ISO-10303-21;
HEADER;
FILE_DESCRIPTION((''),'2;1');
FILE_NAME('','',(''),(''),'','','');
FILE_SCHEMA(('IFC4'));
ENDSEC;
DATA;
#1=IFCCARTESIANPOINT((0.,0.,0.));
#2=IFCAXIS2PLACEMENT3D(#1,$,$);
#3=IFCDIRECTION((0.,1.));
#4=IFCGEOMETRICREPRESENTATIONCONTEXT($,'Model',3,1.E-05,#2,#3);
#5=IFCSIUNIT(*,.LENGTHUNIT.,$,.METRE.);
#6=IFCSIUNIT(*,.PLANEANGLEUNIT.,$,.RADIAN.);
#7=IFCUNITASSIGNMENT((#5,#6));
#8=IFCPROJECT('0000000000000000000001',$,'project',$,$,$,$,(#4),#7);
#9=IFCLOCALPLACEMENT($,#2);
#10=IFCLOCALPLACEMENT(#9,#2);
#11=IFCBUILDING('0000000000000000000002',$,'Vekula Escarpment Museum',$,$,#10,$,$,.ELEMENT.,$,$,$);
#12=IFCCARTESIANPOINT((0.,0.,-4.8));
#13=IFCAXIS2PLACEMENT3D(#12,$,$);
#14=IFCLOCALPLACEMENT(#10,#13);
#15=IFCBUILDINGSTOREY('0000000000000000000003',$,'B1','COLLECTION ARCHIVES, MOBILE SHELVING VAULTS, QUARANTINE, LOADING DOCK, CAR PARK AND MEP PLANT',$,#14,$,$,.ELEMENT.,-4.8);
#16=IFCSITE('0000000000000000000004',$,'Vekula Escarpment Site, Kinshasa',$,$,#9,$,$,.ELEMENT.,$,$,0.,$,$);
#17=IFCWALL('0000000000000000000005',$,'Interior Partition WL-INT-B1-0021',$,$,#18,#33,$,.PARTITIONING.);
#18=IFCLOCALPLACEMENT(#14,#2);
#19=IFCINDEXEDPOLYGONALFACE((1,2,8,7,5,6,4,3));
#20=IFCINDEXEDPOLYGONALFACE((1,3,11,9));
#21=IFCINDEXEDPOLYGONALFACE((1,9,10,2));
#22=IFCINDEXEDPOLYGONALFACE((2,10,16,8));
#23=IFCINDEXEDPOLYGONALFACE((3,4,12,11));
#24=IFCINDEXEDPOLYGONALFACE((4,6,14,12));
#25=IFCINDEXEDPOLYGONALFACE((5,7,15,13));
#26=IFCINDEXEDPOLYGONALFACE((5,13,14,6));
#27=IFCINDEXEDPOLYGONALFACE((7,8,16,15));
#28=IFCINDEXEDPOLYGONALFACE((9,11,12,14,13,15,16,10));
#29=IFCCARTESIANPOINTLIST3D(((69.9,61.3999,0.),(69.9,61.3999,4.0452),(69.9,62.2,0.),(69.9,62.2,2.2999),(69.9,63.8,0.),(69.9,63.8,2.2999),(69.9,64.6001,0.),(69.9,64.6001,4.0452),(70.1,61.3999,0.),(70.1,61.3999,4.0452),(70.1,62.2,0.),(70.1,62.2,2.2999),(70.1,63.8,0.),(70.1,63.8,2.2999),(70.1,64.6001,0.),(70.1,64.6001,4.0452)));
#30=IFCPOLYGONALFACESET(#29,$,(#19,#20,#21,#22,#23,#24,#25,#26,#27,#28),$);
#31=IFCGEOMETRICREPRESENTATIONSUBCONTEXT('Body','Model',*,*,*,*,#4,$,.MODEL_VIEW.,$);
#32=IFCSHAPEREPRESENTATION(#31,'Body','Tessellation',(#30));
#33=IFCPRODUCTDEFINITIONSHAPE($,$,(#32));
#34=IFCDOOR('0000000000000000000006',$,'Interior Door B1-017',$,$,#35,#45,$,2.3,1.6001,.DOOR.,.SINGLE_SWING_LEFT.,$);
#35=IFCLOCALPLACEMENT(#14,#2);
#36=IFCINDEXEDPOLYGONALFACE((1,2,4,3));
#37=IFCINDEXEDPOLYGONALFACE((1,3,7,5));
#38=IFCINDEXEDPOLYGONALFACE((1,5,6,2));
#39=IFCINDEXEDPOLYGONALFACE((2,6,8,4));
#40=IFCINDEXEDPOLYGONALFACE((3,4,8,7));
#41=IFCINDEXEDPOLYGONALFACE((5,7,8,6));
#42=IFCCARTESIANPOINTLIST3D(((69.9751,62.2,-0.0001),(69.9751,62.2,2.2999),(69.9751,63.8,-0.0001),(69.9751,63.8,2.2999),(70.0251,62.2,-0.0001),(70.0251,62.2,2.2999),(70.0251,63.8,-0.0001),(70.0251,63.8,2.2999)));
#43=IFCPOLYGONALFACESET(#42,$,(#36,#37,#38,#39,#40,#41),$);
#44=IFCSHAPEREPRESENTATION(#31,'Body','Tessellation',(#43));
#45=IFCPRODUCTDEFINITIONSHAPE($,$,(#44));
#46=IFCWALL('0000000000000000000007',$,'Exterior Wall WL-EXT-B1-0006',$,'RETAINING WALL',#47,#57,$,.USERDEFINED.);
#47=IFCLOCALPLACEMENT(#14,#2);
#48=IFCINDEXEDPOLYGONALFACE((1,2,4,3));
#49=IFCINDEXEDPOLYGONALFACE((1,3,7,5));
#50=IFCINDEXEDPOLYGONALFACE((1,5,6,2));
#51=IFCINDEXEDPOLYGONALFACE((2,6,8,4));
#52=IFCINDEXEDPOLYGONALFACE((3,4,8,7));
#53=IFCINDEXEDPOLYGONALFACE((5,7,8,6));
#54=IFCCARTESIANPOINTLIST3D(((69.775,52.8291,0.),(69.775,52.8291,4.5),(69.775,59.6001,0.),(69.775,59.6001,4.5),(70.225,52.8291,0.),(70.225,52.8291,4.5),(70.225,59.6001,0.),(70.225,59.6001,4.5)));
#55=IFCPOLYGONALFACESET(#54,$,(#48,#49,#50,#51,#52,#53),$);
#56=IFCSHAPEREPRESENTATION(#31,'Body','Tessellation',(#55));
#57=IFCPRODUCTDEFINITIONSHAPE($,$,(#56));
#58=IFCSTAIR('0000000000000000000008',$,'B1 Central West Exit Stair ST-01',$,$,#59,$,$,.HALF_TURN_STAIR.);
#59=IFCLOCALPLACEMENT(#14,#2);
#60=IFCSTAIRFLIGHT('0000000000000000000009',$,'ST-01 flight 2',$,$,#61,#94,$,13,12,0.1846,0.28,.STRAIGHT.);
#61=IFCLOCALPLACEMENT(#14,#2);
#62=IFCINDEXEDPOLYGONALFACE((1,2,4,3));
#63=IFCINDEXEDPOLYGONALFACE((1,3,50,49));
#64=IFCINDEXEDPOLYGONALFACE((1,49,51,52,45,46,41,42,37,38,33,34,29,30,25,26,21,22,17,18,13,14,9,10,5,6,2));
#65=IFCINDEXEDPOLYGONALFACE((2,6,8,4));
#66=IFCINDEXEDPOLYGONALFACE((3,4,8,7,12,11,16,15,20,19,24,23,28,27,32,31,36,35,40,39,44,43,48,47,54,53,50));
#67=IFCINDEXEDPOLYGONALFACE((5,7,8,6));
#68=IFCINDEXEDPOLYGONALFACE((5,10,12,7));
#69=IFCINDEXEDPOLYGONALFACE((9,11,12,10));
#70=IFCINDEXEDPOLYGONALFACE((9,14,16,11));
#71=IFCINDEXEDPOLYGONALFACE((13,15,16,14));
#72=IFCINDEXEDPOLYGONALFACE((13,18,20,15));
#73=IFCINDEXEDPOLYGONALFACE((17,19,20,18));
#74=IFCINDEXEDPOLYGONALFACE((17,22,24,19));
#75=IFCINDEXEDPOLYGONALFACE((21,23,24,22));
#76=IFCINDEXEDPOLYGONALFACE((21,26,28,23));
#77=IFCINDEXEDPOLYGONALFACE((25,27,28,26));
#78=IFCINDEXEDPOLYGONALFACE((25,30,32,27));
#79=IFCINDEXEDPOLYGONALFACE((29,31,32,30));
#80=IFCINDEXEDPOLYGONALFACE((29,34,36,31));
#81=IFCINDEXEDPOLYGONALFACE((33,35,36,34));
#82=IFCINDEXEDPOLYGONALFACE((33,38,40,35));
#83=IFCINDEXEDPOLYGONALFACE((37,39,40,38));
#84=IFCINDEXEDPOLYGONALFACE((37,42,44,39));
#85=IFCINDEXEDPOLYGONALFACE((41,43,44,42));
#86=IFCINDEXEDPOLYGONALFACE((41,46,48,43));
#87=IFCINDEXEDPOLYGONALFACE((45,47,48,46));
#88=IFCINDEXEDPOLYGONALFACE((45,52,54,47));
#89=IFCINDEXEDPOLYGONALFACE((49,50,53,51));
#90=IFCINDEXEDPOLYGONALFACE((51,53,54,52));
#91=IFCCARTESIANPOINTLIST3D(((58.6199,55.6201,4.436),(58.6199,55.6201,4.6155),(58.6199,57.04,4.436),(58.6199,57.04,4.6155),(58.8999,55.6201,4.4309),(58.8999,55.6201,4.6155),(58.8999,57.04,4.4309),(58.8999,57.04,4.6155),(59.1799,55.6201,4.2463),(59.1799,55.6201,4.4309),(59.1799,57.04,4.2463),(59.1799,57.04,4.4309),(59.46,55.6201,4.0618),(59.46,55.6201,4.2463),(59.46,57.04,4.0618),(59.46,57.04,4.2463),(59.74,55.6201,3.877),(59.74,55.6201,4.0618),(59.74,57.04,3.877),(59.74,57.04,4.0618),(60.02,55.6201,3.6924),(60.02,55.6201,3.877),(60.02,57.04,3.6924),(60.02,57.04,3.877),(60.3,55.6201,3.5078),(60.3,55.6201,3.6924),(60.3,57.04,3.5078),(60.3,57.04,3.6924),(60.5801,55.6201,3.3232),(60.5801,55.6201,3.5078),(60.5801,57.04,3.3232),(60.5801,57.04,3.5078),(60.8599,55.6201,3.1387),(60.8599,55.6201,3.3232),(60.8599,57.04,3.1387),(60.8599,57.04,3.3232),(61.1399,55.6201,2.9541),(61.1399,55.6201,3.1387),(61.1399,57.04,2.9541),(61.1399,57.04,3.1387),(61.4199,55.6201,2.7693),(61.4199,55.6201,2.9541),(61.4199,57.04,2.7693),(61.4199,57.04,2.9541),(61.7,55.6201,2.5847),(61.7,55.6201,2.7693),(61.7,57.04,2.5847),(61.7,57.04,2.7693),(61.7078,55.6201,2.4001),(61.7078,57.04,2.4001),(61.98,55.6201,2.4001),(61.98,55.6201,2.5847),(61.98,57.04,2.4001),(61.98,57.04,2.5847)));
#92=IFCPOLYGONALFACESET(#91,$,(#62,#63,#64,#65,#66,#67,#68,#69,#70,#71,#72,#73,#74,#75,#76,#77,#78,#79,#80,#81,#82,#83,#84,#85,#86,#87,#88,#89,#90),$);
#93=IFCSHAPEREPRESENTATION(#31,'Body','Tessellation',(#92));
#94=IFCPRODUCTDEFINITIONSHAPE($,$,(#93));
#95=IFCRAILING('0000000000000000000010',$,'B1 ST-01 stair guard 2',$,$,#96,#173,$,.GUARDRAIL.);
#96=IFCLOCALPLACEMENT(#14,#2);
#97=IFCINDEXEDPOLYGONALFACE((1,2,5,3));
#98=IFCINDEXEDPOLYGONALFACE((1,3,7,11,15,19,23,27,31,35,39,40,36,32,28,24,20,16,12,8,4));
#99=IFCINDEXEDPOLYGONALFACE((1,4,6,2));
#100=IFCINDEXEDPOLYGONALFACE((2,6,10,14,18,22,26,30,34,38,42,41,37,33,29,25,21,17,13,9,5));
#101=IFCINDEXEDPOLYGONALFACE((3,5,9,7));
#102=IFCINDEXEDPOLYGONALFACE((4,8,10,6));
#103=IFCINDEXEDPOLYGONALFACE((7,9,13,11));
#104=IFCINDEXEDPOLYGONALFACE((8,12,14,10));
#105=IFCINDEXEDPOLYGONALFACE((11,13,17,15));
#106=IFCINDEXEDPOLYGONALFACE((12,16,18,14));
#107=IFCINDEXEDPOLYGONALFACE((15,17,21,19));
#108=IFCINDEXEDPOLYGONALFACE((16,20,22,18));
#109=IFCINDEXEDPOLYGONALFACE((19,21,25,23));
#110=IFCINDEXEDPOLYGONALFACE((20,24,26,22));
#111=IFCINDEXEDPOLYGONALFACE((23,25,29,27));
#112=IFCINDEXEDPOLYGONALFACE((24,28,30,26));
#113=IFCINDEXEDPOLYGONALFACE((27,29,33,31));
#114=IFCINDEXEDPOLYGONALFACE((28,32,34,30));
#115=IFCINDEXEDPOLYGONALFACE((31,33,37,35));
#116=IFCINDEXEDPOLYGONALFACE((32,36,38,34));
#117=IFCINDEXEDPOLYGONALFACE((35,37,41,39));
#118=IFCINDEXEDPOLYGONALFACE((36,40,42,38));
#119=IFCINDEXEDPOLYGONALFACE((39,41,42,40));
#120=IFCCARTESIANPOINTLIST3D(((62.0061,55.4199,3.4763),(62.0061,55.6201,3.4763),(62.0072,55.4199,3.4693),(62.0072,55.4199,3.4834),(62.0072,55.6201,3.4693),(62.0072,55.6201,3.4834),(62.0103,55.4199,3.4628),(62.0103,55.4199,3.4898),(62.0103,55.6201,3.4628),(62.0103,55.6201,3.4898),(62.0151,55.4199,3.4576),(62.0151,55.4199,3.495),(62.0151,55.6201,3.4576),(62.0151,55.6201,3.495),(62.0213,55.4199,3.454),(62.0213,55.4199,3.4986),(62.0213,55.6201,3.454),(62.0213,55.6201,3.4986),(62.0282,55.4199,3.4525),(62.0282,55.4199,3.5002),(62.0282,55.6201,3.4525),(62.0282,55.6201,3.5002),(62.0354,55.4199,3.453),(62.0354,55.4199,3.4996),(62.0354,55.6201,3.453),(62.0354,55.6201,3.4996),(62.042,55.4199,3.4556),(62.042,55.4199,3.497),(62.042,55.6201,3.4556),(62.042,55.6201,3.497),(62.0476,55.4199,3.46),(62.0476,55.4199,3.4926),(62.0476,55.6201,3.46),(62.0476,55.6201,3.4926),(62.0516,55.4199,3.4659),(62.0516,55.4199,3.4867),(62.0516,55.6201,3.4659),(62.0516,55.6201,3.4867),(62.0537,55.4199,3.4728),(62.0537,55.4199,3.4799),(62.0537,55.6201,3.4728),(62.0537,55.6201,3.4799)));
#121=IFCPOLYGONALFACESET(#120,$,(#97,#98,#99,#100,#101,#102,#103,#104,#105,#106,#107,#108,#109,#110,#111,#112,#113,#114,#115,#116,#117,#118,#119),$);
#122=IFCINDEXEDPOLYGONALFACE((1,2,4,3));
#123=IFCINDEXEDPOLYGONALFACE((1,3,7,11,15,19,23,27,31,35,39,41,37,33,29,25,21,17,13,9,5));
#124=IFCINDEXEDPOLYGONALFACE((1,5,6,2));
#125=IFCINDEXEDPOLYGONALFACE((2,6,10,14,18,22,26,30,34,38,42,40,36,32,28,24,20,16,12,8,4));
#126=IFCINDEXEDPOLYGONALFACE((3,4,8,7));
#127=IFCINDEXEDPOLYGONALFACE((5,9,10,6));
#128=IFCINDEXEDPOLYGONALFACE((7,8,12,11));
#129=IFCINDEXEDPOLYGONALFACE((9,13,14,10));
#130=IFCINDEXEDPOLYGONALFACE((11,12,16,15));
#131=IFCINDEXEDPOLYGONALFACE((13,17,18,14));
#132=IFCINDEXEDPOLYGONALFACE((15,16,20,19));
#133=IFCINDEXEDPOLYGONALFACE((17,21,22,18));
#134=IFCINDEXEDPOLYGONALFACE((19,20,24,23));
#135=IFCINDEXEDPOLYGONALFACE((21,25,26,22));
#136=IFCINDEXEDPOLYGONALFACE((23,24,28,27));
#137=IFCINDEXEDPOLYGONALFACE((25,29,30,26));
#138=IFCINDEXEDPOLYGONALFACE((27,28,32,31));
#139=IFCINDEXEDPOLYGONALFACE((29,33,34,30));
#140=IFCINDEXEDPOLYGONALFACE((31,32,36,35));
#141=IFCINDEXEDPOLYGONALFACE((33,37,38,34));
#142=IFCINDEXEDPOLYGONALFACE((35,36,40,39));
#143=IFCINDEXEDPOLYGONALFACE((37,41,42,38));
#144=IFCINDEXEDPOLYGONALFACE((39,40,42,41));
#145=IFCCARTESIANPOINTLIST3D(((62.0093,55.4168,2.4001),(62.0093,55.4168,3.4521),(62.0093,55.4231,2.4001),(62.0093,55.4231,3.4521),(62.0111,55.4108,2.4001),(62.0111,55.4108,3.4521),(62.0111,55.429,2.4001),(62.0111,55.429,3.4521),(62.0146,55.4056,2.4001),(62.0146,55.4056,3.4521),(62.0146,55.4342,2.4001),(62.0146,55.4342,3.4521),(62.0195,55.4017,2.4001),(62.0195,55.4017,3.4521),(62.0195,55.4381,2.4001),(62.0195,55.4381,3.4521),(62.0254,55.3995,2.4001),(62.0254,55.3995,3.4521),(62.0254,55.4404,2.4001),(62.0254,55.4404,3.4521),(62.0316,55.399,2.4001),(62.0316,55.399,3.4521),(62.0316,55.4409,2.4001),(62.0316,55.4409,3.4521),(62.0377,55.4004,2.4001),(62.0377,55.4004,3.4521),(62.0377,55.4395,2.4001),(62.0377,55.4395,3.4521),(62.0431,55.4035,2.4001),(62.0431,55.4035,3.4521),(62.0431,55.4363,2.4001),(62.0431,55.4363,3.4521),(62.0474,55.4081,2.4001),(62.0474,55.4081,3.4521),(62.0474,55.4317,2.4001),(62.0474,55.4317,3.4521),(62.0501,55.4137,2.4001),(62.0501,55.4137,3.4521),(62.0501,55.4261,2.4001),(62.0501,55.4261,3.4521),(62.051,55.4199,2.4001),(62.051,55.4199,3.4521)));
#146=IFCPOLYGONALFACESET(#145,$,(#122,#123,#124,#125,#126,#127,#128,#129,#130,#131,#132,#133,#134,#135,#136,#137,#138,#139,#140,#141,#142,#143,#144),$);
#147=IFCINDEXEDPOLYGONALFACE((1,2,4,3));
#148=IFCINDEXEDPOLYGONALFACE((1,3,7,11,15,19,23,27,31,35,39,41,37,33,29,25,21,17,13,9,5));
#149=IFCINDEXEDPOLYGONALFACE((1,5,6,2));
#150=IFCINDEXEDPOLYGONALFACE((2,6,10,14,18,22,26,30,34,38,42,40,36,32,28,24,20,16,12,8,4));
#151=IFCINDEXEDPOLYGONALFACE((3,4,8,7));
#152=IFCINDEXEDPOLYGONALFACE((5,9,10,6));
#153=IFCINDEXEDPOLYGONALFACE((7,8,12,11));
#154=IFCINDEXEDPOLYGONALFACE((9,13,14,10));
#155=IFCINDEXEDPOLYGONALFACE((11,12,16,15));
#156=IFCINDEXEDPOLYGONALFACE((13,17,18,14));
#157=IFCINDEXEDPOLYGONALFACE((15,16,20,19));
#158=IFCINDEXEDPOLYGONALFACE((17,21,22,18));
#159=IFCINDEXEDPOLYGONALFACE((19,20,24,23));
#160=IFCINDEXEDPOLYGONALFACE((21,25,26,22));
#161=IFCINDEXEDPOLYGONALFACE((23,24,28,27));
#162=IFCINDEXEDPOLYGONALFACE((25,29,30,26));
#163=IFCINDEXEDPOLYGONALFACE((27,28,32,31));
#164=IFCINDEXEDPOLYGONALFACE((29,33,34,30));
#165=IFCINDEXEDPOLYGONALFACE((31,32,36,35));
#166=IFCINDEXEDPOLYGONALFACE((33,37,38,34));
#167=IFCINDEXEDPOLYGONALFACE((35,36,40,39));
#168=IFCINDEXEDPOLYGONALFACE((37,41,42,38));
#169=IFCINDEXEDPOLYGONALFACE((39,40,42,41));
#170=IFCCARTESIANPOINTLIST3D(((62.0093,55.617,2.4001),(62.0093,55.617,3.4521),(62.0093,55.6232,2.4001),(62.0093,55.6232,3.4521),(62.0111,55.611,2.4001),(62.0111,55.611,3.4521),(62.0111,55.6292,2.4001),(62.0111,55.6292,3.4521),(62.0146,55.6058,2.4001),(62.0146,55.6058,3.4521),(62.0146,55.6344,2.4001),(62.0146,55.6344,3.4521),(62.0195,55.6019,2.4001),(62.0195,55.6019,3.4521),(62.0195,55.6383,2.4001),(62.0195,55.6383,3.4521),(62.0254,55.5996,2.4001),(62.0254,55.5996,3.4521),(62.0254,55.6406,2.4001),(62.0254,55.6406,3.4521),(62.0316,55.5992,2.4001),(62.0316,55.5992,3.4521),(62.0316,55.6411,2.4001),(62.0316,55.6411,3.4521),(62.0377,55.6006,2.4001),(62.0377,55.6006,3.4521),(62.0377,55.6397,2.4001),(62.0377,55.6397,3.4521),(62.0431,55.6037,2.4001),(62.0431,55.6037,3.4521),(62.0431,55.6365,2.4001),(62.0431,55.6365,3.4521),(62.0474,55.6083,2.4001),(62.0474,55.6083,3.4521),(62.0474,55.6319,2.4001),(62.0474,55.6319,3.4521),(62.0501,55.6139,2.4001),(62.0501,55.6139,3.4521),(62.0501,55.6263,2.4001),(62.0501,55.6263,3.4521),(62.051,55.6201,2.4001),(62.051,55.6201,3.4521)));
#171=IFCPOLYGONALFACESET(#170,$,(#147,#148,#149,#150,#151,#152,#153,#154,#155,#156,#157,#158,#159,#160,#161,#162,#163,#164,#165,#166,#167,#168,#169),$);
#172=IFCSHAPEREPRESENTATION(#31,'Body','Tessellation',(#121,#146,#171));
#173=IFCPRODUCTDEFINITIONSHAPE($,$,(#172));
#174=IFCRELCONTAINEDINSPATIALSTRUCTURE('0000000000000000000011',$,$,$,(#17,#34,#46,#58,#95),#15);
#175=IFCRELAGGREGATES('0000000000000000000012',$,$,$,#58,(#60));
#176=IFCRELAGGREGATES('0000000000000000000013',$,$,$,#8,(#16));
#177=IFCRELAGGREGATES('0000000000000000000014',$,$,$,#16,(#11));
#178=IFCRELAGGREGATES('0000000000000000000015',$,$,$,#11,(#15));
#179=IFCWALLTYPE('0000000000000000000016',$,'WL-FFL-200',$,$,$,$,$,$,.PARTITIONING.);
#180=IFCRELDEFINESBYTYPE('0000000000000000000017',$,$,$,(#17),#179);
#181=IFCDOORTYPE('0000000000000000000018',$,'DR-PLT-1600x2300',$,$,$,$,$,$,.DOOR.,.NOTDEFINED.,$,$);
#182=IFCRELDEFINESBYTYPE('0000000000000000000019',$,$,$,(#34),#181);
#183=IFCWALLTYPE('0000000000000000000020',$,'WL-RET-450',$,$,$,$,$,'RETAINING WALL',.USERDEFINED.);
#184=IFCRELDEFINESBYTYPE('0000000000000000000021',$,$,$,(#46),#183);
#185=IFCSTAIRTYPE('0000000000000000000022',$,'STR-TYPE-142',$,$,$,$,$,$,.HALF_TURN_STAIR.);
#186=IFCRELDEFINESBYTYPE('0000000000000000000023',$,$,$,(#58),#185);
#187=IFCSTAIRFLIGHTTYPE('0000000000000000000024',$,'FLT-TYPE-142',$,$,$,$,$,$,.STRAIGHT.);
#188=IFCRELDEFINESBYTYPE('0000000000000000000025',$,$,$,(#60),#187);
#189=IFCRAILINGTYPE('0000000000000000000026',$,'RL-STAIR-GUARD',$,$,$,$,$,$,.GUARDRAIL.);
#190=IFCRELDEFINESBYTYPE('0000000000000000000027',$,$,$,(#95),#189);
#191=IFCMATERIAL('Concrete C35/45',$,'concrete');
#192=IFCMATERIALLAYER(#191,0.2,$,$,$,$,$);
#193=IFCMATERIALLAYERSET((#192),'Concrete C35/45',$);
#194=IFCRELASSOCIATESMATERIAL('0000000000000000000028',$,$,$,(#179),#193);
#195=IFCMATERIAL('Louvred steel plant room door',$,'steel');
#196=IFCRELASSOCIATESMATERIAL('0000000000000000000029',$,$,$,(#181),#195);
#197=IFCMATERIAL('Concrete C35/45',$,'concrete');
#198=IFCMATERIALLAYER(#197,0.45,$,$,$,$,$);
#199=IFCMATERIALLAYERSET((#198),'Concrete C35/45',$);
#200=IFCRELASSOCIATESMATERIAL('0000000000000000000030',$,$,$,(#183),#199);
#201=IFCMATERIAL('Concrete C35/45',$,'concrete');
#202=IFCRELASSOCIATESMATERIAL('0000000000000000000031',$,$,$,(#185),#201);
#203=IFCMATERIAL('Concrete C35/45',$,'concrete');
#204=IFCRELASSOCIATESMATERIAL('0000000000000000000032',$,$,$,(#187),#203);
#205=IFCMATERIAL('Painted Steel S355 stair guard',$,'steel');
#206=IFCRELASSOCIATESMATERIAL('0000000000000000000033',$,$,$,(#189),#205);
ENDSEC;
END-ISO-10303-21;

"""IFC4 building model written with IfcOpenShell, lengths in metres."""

from ifc_helpers import new_model, si_unit, direction, frame, frame_2d, origin, origin_2d, place, context, subcontext, project, spatial, polyline, rectangle, circle, outline, extrude, material, layer, layer_set, type_object, element, fill, aggregate, save


model = new_model("IFC4")

# Units and contexts
model_context = context("Model", 3, precision=1e-05, world=origin(), true_north=direction((0.0, 1.0)))
body_context = subcontext(model_context, "Body", "Model", "MODEL_VIEW")
ifc_project = project(units=[si_unit("LENGTHUNIT", "METRE"), si_unit("PLANEANGLEUNIT", "RADIAN")], contexts=[model_context])

# Site, building, storey
site_placement = place(None, origin())
site = spatial("IfcSite", under=ifc_project, at=site_placement, Name="Vekula Escarpment Site, Kinshasa", CompositionType="ELEMENT", RefElevation=0.0)
building_placement = place(site_placement, origin())
building = spatial("IfcBuilding", under=site, at=building_placement, Name="Vekula Escarpment Museum", CompositionType="ELEMENT")
storey_placement = place(building_placement, frame((0.0, 0.0, -4.8)))
storey = spatial("IfcBuildingStorey", under=building, at=storey_placement, Name="B1", Description="COLLECTION ARCHIVES, MOBILE SHELVING VAULTS, QUARANTINE, LOADING DOCK, CAR PARK AND MEP PLANT", CompositionType="ELEMENT", Elevation=-4.8)

# Shared definitions
ifc_material_1 = material(Name="Concrete C35/45", Category="concrete")
ifc_layer_1 = layer(ifc_material_1, 0.2)
ifc_layer_set_1 = layer_set([ifc_layer_1], Name="Concrete C35/45")
wall_type_1 = type_object("IfcWallType", Name="WL-FFL-200", PredefinedType="PARTITIONING", material=ifc_layer_set_1)

# Wall, opening, door
wall_1_placement = place(storey_placement, frame((70.0, 61.3999, 0.0), z_axis=(0.0, 0.0, 1.0), x_axis=(0.0, 1.0, 0.0)))
wall_1 = element("IfcWall", 1, at=wall_1_placement, inside=storey, type_object=wall_type_1, Name="Interior Partition WL-INT-B1-0021", PredefinedType="PARTITIONING", context=body_context, shape_type="SweptSolid", body=[
    extrude(rectangle(XDim=3.2002, YDim=0.2, at=frame_2d((1.6001, 0.0))), origin(), (0.0, 0.0, 1.0), 4.0452),
])
opening_1_placement = place(wall_1_placement, frame((0.8, 0.0, 0.0)))
opening_1 = element("IfcOpeningElement", 2, at=opening_1_placement, cuts=wall_1, PredefinedType="OPENING", context=body_context, shape_type="SweptSolid", body=[
    extrude(rectangle(XDim=1.6001, YDim=2.3, at=frame_2d((0.8, 1.1499))), frame((0.0, 0.1099, 0.0), z_axis=(0.0, -1.0, 0.0), x_axis=(1.0, 0.0, 0.0)), (0.0, 0.0, 1.0), 0.22),
])
ifc_material_2 = material(Name="Louvred steel plant room door", Category="steel")
door_type_1 = type_object("IfcDoorType", Name="DR-PLT-1600x2300", OperationType="NOTDEFINED", PredefinedType="DOOR", material=ifc_material_2)
door_1_placement = place(opening_1_placement, origin())
door_1 = element("IfcDoor", 3, at=door_1_placement, inside=storey, type_object=door_type_1, Name="Interior Door B1-017", OperationType="SINGLE_SWING_LEFT", OverallHeight=2.3, OverallWidth=1.6001, PredefinedType="DOOR", context=body_context, shape_type="SweptSolid", body=[
    extrude(rectangle(XDim=1.6001, YDim=2.3, at=frame_2d((0.8, 1.1499))), frame((0.0, 0.0249, 0.0), z_axis=(0.0, -1.0, 0.0), x_axis=(1.0, 0.0, 0.0)), (0.0, 0.0, 1.0), 0.05),
])
fill(opening_1, door_1)

# Wall
ifc_material_3 = material(Name="Concrete C35/45", Category="concrete")
ifc_layer_2 = layer(ifc_material_3, 0.45)
ifc_layer_set_2 = layer_set([ifc_layer_2], Name="Concrete C35/45")
wall_type_2 = type_object("IfcWallType", Name="WL-RET-450", ElementType="RETAINING WALL", PredefinedType="USERDEFINED", material=ifc_layer_set_2)
wall_2_placement = place(storey_placement, frame((70.0, 59.6001, 0.0), z_axis=(0.0, 0.0, 1.0), x_axis=(0.0, -1.0, 0.0)))
element("IfcWall", 4, at=wall_2_placement, inside=storey, type_object=wall_type_2, Name="Exterior Wall WL-EXT-B1-0006", ObjectType="RETAINING WALL", PredefinedType="USERDEFINED", context=body_context, shape_type="SweptSolid", body=[
    extrude(rectangle(XDim=6.771, YDim=0.45, at=frame_2d((3.3855, 0.0))), origin(), (0.0, 0.0, 1.0), 4.5),
])

# Stair, stair flight
ifc_material_4 = material(Name="Concrete C35/45", Category="concrete")
stair_type = type_object("IfcStairType", Name="STR-TYPE-142", PredefinedType="HALF_TURN_STAIR", material=ifc_material_4)
stair_placement = place(storey_placement, origin())
stair = element("IfcStair", 5, at=stair_placement, inside=storey, type_object=stair_type, Name="B1 Central West Exit Stair ST-01", PredefinedType="HALF_TURN_STAIR")
ifc_material_5 = material(Name="Concrete C35/45", Category="concrete")
stair_flight_type = type_object("IfcStairFlightType", Name="FLT-TYPE-142", PredefinedType="STRAIGHT", material=ifc_material_5)
stair_flight_placement = place(storey_placement, frame((61.98, 56.3301, 2.4001), z_axis=(0.0, 0.0, 1.0), x_axis=(-1.0, 0.0, 0.0)))
stair_flight = element("IfcStairFlight", 6, at=stair_flight_placement, type_object=stair_flight_type, Name="ST-01 flight 2", NumberOfRisers=13, NumberOfTreads=12, PredefinedType="STRAIGHT", RiserHeight=0.1846, TreadLength=0.28, context=body_context, shape_type="SweptSolid", body=[
    extrude(outline(polyline([(0.0, 0.0), (0.0, 0.1846), (0.28, 0.1846), (0.28, 0.3691), (0.5601, 0.3691), (0.5601, 0.554), (0.8401, 0.554), (0.8401, 0.7385), (1.1201, 0.7385), (1.1201, 0.9231), (1.3999, 0.9231), (1.3999, 1.1077), (1.6799, 1.1077), (1.6799, 1.2922), (1.96, 1.2922), (1.96, 1.4768), (2.24, 1.4768), (2.24, 1.6616), (2.52, 1.6616), (2.52, 1.8462), (2.8, 1.8462), (2.8, 2.0308), (3.0801, 2.0308), (3.0801, 2.2153), (3.3601, 2.2153), (3.3601, 2.3999), (3.3601, 2.0359), (0.2722, 0.0), (0.0, 0.0)])), frame((0.0, 0.71, 0.0), z_axis=(0.0, -1.0, 0.0), x_axis=(1.0, 0.0, 0.0)), (0.0, 0.0, 1.0), 1.4199),
])
aggregate(stair, [stair_flight])

# Railing
ifc_material_6 = material(Name="Painted Steel S355 stair guard", Category="steel")
railing_type_1 = type_object("IfcRailingType", Name="RL-STAIR-GUARD", PredefinedType="GUARDRAIL", material=ifc_material_6)
railing_1_placement = place(storey_placement, frame((62.03, 55.4199, 2.4001)))
element("IfcRailing", 7, at=railing_1_placement, inside=storey, type_object=railing_type_1, Name="B1 ST-01 stair guard 2", PredefinedType="GUARDRAIL", context=body_context, shape_type="SweptSolid", body=[
    extrude(circle(Radius=0.0239, at=origin_2d()), frame((0.0, 0.0, 1.0762), z_axis=(0.0, 1.0, 0.0), x_axis=(-1.0, 0.0, 0.0)), (0.0, 0.0, 1.0), 0.2002),
    extrude(circle(Radius=0.021, at=origin_2d()), origin(), (0.0, 0.0, 1.0), 1.052),
    extrude(circle(Radius=0.021, at=origin_2d()), frame((0.0, 0.2002, 0.0)), (0.0, 0.0, 1.0), 1.052),
])

save(model, "model.ifc")
